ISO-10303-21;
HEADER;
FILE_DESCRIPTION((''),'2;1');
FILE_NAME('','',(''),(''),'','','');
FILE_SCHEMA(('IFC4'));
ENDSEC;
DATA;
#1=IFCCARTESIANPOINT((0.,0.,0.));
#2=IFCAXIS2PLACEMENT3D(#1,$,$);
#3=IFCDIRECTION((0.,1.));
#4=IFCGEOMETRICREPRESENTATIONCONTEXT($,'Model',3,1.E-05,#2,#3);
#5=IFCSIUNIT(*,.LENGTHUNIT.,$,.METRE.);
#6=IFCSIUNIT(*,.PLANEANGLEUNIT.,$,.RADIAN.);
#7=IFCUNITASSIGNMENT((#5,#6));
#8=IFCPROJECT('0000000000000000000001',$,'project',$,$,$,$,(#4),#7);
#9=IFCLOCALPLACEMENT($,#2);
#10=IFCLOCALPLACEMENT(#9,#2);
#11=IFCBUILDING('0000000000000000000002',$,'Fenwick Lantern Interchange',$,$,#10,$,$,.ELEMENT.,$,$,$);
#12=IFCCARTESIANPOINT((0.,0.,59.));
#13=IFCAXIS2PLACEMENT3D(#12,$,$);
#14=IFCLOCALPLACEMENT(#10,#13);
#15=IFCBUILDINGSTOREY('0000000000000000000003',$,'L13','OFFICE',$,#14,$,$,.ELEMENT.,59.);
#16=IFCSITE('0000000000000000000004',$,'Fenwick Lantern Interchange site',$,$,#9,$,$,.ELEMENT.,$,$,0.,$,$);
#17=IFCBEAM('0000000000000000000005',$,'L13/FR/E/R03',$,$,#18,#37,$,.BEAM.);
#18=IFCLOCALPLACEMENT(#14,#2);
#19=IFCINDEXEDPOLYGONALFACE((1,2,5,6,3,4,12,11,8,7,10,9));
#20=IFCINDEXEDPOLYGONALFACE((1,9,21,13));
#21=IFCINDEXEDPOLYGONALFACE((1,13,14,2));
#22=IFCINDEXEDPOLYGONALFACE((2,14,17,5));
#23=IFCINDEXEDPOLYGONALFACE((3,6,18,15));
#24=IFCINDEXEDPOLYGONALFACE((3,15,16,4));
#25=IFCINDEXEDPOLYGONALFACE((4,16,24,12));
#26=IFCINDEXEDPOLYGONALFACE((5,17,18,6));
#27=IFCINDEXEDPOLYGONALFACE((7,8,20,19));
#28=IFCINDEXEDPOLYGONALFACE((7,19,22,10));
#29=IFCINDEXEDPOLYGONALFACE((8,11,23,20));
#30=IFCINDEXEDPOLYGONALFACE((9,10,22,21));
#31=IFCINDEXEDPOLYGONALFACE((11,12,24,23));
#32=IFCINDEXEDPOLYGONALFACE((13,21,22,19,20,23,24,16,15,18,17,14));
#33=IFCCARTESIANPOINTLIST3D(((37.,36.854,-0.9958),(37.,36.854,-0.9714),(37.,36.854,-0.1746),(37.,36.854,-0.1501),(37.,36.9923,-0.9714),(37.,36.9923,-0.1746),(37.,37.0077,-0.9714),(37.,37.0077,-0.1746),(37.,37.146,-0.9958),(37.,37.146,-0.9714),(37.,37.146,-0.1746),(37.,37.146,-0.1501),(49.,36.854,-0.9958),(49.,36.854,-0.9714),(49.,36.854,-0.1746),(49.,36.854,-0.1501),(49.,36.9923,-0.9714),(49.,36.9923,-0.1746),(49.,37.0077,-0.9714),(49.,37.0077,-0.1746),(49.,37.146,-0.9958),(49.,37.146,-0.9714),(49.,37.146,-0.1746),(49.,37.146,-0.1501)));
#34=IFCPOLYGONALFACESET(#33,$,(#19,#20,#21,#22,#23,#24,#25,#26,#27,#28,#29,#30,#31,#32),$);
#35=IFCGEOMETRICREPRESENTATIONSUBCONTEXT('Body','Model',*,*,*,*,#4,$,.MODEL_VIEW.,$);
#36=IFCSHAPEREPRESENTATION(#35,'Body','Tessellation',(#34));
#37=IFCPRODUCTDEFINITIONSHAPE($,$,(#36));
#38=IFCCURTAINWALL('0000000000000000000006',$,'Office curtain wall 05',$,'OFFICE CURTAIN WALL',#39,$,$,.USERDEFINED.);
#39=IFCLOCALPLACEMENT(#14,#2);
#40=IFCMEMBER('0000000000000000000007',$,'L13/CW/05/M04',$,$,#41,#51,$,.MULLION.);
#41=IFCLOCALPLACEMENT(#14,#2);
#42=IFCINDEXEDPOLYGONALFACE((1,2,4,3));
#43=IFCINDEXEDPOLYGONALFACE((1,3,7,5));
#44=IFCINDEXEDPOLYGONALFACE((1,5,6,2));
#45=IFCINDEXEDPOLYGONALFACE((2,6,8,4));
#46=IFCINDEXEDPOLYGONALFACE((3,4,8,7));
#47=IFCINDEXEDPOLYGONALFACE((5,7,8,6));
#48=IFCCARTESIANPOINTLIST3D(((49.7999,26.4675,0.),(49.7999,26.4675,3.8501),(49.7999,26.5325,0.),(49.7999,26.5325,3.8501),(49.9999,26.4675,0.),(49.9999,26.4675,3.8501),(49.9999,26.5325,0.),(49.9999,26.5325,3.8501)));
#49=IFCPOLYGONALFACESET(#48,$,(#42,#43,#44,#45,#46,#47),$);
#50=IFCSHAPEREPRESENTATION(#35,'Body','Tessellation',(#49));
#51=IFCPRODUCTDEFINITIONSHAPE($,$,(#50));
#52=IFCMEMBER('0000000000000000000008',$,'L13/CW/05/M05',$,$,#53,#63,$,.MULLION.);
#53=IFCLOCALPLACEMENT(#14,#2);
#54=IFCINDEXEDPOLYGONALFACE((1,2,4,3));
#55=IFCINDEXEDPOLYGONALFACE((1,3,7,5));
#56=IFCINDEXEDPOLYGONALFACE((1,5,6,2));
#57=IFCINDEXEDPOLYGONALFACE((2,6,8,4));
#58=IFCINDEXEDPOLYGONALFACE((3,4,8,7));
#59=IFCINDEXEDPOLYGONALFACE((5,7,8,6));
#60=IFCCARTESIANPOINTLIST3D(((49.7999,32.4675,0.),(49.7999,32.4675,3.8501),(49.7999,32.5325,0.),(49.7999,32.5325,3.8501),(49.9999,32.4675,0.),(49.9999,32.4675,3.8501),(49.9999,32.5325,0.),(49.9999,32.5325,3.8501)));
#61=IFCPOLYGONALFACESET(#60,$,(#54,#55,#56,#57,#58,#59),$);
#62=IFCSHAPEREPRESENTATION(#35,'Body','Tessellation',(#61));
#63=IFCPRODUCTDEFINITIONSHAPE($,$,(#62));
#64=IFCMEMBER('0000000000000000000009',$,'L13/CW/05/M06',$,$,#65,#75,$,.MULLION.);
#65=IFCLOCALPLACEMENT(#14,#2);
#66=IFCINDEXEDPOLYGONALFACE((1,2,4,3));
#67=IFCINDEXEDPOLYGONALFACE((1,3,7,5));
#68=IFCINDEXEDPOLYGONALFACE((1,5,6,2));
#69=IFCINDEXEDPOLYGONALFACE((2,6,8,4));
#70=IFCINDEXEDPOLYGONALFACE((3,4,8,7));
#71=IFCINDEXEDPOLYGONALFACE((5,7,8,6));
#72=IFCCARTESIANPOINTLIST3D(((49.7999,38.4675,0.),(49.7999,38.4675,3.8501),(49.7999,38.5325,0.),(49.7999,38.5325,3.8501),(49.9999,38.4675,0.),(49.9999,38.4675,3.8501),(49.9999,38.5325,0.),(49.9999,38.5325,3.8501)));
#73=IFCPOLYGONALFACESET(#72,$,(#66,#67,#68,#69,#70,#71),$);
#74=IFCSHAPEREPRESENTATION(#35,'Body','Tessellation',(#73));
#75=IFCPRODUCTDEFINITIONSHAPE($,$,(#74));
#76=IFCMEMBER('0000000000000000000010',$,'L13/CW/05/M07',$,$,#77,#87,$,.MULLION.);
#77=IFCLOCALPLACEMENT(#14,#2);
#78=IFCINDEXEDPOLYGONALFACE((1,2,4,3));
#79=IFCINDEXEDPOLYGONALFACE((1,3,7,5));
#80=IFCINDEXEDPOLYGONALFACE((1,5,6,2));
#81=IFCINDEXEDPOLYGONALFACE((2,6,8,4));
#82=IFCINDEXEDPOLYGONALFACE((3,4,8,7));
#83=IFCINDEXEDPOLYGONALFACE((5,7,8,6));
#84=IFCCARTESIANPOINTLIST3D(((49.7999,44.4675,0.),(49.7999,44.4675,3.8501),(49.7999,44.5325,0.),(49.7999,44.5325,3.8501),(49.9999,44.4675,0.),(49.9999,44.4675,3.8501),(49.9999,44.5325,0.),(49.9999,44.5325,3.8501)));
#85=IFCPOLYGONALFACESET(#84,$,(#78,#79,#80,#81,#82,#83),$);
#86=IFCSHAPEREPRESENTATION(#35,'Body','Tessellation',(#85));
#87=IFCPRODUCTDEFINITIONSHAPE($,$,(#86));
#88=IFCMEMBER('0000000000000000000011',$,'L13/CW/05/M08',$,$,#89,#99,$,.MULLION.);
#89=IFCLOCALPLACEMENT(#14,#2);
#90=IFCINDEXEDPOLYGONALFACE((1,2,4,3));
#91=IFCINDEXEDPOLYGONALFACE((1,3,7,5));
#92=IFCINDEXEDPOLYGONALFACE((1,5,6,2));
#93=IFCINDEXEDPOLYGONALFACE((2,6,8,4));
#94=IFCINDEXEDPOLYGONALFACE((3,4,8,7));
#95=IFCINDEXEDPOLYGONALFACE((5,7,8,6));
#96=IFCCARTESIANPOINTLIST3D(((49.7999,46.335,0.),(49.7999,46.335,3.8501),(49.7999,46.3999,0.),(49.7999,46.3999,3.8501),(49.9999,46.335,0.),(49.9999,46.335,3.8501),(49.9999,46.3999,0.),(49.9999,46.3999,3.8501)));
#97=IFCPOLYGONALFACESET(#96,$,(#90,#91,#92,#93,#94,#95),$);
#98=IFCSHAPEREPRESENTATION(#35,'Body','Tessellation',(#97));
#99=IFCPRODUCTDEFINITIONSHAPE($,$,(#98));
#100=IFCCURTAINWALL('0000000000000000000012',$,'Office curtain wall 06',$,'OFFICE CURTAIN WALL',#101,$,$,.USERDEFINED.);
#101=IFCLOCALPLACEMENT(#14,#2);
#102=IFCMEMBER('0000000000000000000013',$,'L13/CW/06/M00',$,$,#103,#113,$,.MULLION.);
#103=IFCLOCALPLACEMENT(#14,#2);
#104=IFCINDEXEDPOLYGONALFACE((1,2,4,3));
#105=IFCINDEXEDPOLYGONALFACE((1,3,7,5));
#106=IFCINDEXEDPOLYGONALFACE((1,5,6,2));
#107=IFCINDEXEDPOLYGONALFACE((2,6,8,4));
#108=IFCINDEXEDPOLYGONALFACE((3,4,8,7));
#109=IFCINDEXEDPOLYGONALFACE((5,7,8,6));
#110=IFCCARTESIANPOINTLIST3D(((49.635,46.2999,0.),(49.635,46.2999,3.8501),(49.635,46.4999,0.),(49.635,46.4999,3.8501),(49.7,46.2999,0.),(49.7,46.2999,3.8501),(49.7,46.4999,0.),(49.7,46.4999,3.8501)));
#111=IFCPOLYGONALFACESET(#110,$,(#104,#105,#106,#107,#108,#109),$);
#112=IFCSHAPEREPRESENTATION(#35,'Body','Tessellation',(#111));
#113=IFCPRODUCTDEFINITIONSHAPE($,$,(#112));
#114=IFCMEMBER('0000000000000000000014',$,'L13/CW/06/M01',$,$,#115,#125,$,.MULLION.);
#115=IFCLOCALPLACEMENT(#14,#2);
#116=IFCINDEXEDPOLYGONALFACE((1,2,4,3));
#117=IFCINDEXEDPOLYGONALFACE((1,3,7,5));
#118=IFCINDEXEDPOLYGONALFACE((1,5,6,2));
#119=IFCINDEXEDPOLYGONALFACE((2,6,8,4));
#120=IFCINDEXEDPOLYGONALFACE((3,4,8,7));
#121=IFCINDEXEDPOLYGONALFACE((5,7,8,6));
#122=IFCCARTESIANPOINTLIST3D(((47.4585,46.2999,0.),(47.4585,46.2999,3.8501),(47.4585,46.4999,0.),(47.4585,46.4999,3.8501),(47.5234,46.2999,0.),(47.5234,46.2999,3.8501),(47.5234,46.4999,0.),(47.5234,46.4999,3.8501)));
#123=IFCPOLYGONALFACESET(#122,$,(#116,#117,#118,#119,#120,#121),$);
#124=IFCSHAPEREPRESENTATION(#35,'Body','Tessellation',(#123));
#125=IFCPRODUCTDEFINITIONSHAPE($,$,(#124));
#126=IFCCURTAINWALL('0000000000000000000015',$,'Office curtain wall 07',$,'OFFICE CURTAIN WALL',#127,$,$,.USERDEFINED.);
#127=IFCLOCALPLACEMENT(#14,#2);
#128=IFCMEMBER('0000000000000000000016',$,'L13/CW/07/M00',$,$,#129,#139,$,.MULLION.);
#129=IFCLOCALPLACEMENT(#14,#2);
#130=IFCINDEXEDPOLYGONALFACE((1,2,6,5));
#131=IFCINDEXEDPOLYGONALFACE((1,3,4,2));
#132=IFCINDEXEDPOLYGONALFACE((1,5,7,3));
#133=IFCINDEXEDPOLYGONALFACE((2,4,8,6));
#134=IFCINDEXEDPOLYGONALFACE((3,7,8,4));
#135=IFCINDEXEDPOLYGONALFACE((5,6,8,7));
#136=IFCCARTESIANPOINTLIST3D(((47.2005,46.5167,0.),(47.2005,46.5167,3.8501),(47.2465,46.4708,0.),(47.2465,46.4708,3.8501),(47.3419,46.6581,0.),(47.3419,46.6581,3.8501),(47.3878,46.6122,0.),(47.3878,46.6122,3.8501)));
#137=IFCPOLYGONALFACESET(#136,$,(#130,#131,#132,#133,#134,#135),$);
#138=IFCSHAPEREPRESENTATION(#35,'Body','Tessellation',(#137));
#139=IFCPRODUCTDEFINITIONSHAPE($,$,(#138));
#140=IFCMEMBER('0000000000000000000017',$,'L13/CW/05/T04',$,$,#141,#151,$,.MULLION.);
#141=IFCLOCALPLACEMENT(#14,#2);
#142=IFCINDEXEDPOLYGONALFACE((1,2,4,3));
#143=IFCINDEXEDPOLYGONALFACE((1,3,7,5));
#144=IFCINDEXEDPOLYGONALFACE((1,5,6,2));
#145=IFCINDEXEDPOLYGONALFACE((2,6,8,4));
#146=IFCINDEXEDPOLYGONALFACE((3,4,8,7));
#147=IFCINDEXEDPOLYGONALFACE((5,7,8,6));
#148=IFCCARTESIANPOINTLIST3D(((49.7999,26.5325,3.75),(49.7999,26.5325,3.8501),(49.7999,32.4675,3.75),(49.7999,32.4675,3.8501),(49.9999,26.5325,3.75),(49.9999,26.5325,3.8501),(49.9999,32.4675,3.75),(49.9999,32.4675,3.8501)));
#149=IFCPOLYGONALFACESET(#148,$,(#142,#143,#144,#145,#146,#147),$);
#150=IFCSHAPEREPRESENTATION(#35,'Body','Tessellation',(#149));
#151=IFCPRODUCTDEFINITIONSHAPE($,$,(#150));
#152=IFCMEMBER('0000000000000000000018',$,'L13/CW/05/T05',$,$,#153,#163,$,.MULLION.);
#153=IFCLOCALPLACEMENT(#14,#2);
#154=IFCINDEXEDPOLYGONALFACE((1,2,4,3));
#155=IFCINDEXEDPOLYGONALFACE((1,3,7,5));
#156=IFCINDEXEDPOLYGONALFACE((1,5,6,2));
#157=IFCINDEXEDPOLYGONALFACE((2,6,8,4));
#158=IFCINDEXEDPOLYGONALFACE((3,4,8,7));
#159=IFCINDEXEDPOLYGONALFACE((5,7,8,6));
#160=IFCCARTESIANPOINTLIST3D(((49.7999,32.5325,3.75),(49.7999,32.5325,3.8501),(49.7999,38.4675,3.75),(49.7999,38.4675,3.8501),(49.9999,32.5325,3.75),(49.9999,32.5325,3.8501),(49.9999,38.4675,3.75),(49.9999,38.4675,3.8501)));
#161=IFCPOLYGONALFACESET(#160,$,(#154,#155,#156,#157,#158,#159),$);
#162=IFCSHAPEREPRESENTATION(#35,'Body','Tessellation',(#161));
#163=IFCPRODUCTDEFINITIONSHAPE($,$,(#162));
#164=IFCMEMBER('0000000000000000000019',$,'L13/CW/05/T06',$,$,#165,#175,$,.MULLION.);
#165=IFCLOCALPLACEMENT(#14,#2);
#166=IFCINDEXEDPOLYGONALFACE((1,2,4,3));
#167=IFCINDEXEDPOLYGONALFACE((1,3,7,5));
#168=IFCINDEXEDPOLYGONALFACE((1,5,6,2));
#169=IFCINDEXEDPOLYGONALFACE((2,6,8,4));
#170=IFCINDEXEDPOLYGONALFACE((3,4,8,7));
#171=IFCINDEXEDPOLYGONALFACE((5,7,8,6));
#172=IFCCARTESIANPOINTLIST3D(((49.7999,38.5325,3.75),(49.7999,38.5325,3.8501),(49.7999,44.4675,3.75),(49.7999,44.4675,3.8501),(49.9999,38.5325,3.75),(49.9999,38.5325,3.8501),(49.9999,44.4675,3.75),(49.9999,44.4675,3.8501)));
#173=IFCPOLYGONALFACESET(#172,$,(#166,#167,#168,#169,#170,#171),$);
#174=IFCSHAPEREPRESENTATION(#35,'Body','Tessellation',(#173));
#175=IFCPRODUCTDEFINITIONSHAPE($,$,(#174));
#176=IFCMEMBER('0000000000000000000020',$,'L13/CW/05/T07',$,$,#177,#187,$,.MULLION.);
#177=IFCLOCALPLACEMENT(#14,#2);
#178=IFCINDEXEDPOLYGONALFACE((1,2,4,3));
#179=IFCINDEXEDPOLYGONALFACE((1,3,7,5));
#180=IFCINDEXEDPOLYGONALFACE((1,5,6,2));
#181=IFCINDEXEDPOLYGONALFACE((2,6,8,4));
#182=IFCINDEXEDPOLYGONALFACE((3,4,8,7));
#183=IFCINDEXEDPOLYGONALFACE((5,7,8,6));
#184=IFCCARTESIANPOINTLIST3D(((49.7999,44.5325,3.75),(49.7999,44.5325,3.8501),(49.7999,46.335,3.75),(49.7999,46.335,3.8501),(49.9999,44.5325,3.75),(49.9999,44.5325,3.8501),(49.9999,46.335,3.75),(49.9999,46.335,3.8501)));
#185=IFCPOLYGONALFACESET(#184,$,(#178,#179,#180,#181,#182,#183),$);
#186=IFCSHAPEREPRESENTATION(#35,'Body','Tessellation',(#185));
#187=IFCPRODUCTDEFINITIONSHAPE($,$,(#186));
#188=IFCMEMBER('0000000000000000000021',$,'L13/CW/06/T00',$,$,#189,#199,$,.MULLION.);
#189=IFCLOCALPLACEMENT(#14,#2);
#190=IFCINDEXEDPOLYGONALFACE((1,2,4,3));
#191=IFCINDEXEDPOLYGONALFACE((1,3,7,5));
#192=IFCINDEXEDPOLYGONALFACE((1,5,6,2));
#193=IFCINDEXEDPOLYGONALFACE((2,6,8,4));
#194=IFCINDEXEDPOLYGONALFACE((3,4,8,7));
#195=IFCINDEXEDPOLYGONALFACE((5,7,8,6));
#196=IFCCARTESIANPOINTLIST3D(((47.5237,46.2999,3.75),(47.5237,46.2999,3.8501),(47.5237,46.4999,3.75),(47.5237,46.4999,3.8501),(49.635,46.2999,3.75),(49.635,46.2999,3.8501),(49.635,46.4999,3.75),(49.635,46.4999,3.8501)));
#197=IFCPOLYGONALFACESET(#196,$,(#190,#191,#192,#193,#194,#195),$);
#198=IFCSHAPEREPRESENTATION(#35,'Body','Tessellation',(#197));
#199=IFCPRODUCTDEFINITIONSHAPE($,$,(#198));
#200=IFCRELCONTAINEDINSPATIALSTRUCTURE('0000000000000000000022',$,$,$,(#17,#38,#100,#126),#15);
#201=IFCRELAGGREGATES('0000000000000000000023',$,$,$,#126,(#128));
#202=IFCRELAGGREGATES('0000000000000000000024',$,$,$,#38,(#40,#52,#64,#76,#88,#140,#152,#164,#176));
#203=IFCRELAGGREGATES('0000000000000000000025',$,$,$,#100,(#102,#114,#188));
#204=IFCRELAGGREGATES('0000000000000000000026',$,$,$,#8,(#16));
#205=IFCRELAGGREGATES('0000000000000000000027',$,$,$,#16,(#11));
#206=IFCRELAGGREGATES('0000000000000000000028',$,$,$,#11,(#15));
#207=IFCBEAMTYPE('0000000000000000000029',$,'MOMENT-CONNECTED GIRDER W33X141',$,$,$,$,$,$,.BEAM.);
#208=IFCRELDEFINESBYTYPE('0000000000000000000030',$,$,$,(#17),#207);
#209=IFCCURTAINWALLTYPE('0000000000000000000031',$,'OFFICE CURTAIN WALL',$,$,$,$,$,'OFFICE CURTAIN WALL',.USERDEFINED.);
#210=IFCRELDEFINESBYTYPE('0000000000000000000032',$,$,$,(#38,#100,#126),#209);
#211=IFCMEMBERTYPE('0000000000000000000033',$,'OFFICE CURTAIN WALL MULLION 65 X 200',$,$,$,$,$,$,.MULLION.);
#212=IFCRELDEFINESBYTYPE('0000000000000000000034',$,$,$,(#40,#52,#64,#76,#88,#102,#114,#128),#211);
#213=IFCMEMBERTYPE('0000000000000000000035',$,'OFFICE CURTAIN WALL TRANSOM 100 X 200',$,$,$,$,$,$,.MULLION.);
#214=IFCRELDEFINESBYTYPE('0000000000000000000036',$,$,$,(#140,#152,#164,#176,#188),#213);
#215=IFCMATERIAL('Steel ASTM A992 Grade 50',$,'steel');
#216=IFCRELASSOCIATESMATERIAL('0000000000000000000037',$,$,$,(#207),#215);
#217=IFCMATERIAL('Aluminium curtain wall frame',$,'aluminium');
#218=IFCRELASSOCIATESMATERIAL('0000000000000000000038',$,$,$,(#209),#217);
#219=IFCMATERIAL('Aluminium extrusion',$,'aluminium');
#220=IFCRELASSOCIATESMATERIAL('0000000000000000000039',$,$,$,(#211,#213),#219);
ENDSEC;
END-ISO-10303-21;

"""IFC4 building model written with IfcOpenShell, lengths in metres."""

from ifc_helpers import new_model, si_unit, direction, frame, origin, origin_2d, place, context, subcontext, project, spatial, rectangle, i_section, extrude, material, material_profile, profile_set, type_object, element, aggregate, save


model = new_model("IFC4")

# Units and contexts
model_context = context("Model", 3, precision=1e-05, world=origin(), true_north=direction((0.0, 1.0)))
body_context = subcontext(model_context, "Body", "Model", "MODEL_VIEW")
ifc_project = project(units=[si_unit("LENGTHUNIT", "METRE"), si_unit("PLANEANGLEUNIT", "RADIAN")], contexts=[model_context])

# Site, building, storey
site_placement = place(None, origin())
site = spatial("IfcSite", under=ifc_project, at=site_placement, Name="Fenwick Lantern Interchange site", CompositionType="ELEMENT", RefElevation=0.0)
building_placement = place(site_placement, origin())
building = spatial("IfcBuilding", under=site, at=building_placement, Name="Fenwick Lantern Interchange", CompositionType="ELEMENT")
storey_placement = place(building_placement, frame((0.0, 0.0, 59.0)))
storey = spatial("IfcBuildingStorey", under=building, at=storey_placement, Name="L13", Description="OFFICE", CompositionType="ELEMENT", Elevation=59.0)

# Beam
ifc_material_1 = material(Name="Steel ASTM A992 Grade 50", Category="steel")
ifc_material_profile_1 = material_profile(ifc_material_1, i_section(OverallWidth=0.292, OverallDepth=0.8457, WebThickness=0.0154, FlangeThickness=0.0244, at=origin_2d()), Name="W33X141")
ifc_profile_set_1 = profile_set([ifc_material_profile_1], Name="Steel ASTM A992 Grade 50")
beam_type_1 = type_object("IfcBeamType", Name="MOMENT-CONNECTED GIRDER W33X141", PredefinedType="BEAM", material=ifc_profile_set_1)
beam_1_placement = place(storey_placement, frame((49.0, 37.0, -0.573), z_axis=(-1.0, 0.0, 0.0), x_axis=(0.0, -1.0, 0.0)))
element("IfcBeam", 1, at=beam_1_placement, inside=storey, type_object=beam_type_1, Name="L13/FR/E/R03", PredefinedType="BEAM", context=body_context, shape_type="SweptSolid", body=[
    extrude(i_section(OverallWidth=0.292, OverallDepth=0.8457, WebThickness=0.0154, FlangeThickness=0.0244, at=origin_2d()), origin(), (0.0, 0.0, 1.0), 12.0),
])

# Curtain walls, members
ifc_material_2 = material(Name="Aluminium curtain wall frame", Category="aluminium")
curtain_wall_type = type_object("IfcCurtainWallType", Name="OFFICE CURTAIN WALL", ElementType="OFFICE CURTAIN WALL", PredefinedType="USERDEFINED", material=ifc_material_2)
curtain_wall_1_placement = place(storey_placement, origin())
curtain_wall_1 = element("IfcCurtainWall", 2, at=curtain_wall_1_placement, inside=storey, type_object=curtain_wall_type, Name="Office curtain wall 05", ObjectType="OFFICE CURTAIN WALL", PredefinedType="USERDEFINED")
ifc_material_3 = material(Name="Aluminium extrusion", Category="aluminium")
ifc_material_profile_2 = material_profile(ifc_material_3, rectangle(XDim=0.2, YDim=0.0649, at=origin_2d()), Name="OFFICE CURTAIN WALL MULLION 65 X 200")
ifc_profile_set_2 = profile_set([ifc_material_profile_2], Name="Aluminium extrusion")
member_type_1 = type_object("IfcMemberType", Name="OFFICE CURTAIN WALL MULLION 65 X 200", PredefinedType="MULLION", material=ifc_profile_set_2)
member_1_placement = place(storey_placement, frame((49.8999, 26.5, 0.0), z_axis=(0.0, 0.0, 1.0), x_axis=(-1.0, 0.0, 0.0)))
member_1 = element("IfcMember", 3, at=member_1_placement, type_object=member_type_1, Name="L13/CW/05/M04", PredefinedType="MULLION", context=body_context, shape_type="SweptSolid", body=[
    extrude(rectangle(XDim=0.2, YDim=0.0649, at=origin_2d()), origin(), (0.0, 0.0, 1.0), 3.8501),
])
member_2_placement = place(storey_placement, frame((49.8999, 32.5, 0.0), z_axis=(0.0, 0.0, 1.0), x_axis=(-1.0, 0.0, 0.0)))
member_2 = element("IfcMember", 4, at=member_2_placement, type_object=member_type_1, Name="L13/CW/05/M05", PredefinedType="MULLION", context=body_context, shape_type="SweptSolid", body=[
    extrude(rectangle(XDim=0.2, YDim=0.0649, at=origin_2d()), origin(), (0.0, 0.0, 1.0), 3.8501),
])
member_3_placement = place(storey_placement, frame((49.8999, 38.5, 0.0), z_axis=(0.0, 0.0, 1.0), x_axis=(-1.0, 0.0, 0.0)))
member_3 = element("IfcMember", 5, at=member_3_placement, type_object=member_type_1, Name="L13/CW/05/M06", PredefinedType="MULLION", context=body_context, shape_type="SweptSolid", body=[
    extrude(rectangle(XDim=0.2, YDim=0.0649, at=origin_2d()), origin(), (0.0, 0.0, 1.0), 3.8501),
])
member_4_placement = place(storey_placement, frame((49.8999, 44.5, 0.0), z_axis=(0.0, 0.0, 1.0), x_axis=(-1.0, 0.0, 0.0)))
member_4 = element("IfcMember", 6, at=member_4_placement, type_object=member_type_1, Name="L13/CW/05/M07", PredefinedType="MULLION", context=body_context, shape_type="SweptSolid", body=[
    extrude(rectangle(XDim=0.2, YDim=0.0649, at=origin_2d()), origin(), (0.0, 0.0, 1.0), 3.8501),
])
member_5_placement = place(storey_placement, frame((49.8999, 46.3674, 0.0), z_axis=(0.0, 0.0, 1.0), x_axis=(-1.0, 0.0, 0.0)))
member_5 = element("IfcMember", 7, at=member_5_placement, type_object=member_type_1, Name="L13/CW/05/M08", PredefinedType="MULLION", context=body_context, shape_type="SweptSolid", body=[
    extrude(rectangle(XDim=0.2, YDim=0.0649, at=origin_2d()), origin(), (0.0, 0.0, 1.0), 3.8501),
])
curtain_wall_2_placement = place(storey_placement, origin())
curtain_wall_2 = element("IfcCurtainWall", 8, at=curtain_wall_2_placement, inside=storey, type_object=curtain_wall_type, Name="Office curtain wall 06", ObjectType="OFFICE CURTAIN WALL", PredefinedType="USERDEFINED")
member_6_placement = place(storey_placement, frame((49.6675, 46.3999, 0.0), z_axis=(0.0, 0.0, 1.0), x_axis=(0.0, -1.0, 0.0)))
member_6 = element("IfcMember", 9, at=member_6_placement, type_object=member_type_1, Name="L13/CW/06/M00", PredefinedType="MULLION", context=body_context, shape_type="SweptSolid", body=[
    extrude(rectangle(XDim=0.2, YDim=0.0649, at=origin_2d()), origin(), (0.0, 0.0, 1.0), 3.8501),
])
member_7_placement = place(storey_placement, frame((47.491, 46.3999, 0.0), z_axis=(0.0, 0.0, 1.0), x_axis=(0.0, -1.0, 0.0)))
member_7 = element("IfcMember", 10, at=member_7_placement, type_object=member_type_1, Name="L13/CW/06/M01", PredefinedType="MULLION", context=body_context, shape_type="SweptSolid", body=[
    extrude(rectangle(XDim=0.2, YDim=0.0649, at=origin_2d()), origin(), (0.0, 0.0, 1.0), 3.8501),
])

# Curtain wall, member
curtain_wall_3_placement = place(storey_placement, origin())
curtain_wall_3 = element("IfcCurtainWall", 11, at=curtain_wall_3_placement, inside=storey, type_object=curtain_wall_type, Name="Office curtain wall 07", ObjectType="OFFICE CURTAIN WALL", PredefinedType="USERDEFINED")
member_8_placement = place(storey_placement, frame((47.2942, 46.5645, 0.0), z_axis=(0.0, 0.0, 1.0), x_axis=(-0.707107, -0.707107, 0.0)))
member_8 = element("IfcMember", 12, at=member_8_placement, type_object=member_type_1, Name="L13/CW/07/M00", PredefinedType="MULLION", context=body_context, shape_type="SweptSolid", body=[
    extrude(rectangle(XDim=0.2, YDim=0.0649, at=origin_2d()), origin(), (0.0, 0.0, 1.0), 3.8501),
])
aggregate(curtain_wall_3, [member_8])

# Members
ifc_material_profile_3 = material_profile(ifc_material_3, rectangle(XDim=0.2, YDim=0.1001, at=origin_2d()), Name="OFFICE CURTAIN WALL TRANSOM 100 X 200")
ifc_profile_set_3 = profile_set([ifc_material_profile_3], Name="Aluminium extrusion")
member_type_2 = type_object("IfcMemberType", Name="OFFICE CURTAIN WALL TRANSOM 100 X 200", PredefinedType="MULLION", material=ifc_profile_set_3)
member_9_placement = place(storey_placement, frame((49.8999, 26.5325, 3.8), z_axis=(0.0, 1.0, 0.0), x_axis=(-1.0, 0.0, 0.0)))
member_9 = element("IfcMember", 13, at=member_9_placement, type_object=member_type_2, Name="L13/CW/05/T04", PredefinedType="MULLION", context=body_context, shape_type="SweptSolid", body=[
    extrude(rectangle(XDim=0.2, YDim=0.1001, at=origin_2d()), origin(), (0.0, 0.0, 1.0), 5.9351),
])
member_10_placement = place(storey_placement, frame((49.8999, 32.5325, 3.8), z_axis=(0.0, 1.0, 0.0), x_axis=(-1.0, 0.0, 0.0)))
member_10 = element("IfcMember", 14, at=member_10_placement, type_object=member_type_2, Name="L13/CW/05/T05", PredefinedType="MULLION", context=body_context, shape_type="SweptSolid", body=[
    extrude(rectangle(XDim=0.2, YDim=0.1001, at=origin_2d()), origin(), (0.0, 0.0, 1.0), 5.9351),
])
member_11_placement = place(storey_placement, frame((49.8999, 38.5325, 3.8), z_axis=(0.0, 1.0, 0.0), x_axis=(-1.0, 0.0, 0.0)))
member_11 = element("IfcMember", 15, at=member_11_placement, type_object=member_type_2, Name="L13/CW/05/T06", PredefinedType="MULLION", context=body_context, shape_type="SweptSolid", body=[
    extrude(rectangle(XDim=0.2, YDim=0.1001, at=origin_2d()), origin(), (0.0, 0.0, 1.0), 5.9351),
])
member_12_placement = place(storey_placement, frame((49.8999, 44.5325, 3.8), z_axis=(0.0, 1.0, 0.0), x_axis=(-1.0, 0.0, 0.0)))
member_12 = element("IfcMember", 16, at=member_12_placement, type_object=member_type_2, Name="L13/CW/05/T07", PredefinedType="MULLION", context=body_context, shape_type="SweptSolid", body=[
    extrude(rectangle(XDim=0.2, YDim=0.1001, at=origin_2d()), origin(), (0.0, 0.0, 1.0), 1.8025),
])
aggregate(curtain_wall_1, [member_1, member_2, member_3, member_4, member_5, member_9, member_10, member_11, member_12])
member_13_placement = place(storey_placement, frame((49.635, 46.3999, 3.8), z_axis=(-1.0, 0.0, 0.0), x_axis=(0.0, -1.0, 0.0)))
member_13 = element("IfcMember", 17, at=member_13_placement, type_object=member_type_2, Name="L13/CW/06/T00", PredefinedType="MULLION", context=body_context, shape_type="SweptSolid", body=[
    extrude(rectangle(XDim=0.2, YDim=0.1001, at=origin_2d()), origin(), (0.0, 0.0, 1.0), 2.1113),
])

aggregate(curtain_wall_2, [member_6, member_7, member_13])

save(model, "model.ifc")
